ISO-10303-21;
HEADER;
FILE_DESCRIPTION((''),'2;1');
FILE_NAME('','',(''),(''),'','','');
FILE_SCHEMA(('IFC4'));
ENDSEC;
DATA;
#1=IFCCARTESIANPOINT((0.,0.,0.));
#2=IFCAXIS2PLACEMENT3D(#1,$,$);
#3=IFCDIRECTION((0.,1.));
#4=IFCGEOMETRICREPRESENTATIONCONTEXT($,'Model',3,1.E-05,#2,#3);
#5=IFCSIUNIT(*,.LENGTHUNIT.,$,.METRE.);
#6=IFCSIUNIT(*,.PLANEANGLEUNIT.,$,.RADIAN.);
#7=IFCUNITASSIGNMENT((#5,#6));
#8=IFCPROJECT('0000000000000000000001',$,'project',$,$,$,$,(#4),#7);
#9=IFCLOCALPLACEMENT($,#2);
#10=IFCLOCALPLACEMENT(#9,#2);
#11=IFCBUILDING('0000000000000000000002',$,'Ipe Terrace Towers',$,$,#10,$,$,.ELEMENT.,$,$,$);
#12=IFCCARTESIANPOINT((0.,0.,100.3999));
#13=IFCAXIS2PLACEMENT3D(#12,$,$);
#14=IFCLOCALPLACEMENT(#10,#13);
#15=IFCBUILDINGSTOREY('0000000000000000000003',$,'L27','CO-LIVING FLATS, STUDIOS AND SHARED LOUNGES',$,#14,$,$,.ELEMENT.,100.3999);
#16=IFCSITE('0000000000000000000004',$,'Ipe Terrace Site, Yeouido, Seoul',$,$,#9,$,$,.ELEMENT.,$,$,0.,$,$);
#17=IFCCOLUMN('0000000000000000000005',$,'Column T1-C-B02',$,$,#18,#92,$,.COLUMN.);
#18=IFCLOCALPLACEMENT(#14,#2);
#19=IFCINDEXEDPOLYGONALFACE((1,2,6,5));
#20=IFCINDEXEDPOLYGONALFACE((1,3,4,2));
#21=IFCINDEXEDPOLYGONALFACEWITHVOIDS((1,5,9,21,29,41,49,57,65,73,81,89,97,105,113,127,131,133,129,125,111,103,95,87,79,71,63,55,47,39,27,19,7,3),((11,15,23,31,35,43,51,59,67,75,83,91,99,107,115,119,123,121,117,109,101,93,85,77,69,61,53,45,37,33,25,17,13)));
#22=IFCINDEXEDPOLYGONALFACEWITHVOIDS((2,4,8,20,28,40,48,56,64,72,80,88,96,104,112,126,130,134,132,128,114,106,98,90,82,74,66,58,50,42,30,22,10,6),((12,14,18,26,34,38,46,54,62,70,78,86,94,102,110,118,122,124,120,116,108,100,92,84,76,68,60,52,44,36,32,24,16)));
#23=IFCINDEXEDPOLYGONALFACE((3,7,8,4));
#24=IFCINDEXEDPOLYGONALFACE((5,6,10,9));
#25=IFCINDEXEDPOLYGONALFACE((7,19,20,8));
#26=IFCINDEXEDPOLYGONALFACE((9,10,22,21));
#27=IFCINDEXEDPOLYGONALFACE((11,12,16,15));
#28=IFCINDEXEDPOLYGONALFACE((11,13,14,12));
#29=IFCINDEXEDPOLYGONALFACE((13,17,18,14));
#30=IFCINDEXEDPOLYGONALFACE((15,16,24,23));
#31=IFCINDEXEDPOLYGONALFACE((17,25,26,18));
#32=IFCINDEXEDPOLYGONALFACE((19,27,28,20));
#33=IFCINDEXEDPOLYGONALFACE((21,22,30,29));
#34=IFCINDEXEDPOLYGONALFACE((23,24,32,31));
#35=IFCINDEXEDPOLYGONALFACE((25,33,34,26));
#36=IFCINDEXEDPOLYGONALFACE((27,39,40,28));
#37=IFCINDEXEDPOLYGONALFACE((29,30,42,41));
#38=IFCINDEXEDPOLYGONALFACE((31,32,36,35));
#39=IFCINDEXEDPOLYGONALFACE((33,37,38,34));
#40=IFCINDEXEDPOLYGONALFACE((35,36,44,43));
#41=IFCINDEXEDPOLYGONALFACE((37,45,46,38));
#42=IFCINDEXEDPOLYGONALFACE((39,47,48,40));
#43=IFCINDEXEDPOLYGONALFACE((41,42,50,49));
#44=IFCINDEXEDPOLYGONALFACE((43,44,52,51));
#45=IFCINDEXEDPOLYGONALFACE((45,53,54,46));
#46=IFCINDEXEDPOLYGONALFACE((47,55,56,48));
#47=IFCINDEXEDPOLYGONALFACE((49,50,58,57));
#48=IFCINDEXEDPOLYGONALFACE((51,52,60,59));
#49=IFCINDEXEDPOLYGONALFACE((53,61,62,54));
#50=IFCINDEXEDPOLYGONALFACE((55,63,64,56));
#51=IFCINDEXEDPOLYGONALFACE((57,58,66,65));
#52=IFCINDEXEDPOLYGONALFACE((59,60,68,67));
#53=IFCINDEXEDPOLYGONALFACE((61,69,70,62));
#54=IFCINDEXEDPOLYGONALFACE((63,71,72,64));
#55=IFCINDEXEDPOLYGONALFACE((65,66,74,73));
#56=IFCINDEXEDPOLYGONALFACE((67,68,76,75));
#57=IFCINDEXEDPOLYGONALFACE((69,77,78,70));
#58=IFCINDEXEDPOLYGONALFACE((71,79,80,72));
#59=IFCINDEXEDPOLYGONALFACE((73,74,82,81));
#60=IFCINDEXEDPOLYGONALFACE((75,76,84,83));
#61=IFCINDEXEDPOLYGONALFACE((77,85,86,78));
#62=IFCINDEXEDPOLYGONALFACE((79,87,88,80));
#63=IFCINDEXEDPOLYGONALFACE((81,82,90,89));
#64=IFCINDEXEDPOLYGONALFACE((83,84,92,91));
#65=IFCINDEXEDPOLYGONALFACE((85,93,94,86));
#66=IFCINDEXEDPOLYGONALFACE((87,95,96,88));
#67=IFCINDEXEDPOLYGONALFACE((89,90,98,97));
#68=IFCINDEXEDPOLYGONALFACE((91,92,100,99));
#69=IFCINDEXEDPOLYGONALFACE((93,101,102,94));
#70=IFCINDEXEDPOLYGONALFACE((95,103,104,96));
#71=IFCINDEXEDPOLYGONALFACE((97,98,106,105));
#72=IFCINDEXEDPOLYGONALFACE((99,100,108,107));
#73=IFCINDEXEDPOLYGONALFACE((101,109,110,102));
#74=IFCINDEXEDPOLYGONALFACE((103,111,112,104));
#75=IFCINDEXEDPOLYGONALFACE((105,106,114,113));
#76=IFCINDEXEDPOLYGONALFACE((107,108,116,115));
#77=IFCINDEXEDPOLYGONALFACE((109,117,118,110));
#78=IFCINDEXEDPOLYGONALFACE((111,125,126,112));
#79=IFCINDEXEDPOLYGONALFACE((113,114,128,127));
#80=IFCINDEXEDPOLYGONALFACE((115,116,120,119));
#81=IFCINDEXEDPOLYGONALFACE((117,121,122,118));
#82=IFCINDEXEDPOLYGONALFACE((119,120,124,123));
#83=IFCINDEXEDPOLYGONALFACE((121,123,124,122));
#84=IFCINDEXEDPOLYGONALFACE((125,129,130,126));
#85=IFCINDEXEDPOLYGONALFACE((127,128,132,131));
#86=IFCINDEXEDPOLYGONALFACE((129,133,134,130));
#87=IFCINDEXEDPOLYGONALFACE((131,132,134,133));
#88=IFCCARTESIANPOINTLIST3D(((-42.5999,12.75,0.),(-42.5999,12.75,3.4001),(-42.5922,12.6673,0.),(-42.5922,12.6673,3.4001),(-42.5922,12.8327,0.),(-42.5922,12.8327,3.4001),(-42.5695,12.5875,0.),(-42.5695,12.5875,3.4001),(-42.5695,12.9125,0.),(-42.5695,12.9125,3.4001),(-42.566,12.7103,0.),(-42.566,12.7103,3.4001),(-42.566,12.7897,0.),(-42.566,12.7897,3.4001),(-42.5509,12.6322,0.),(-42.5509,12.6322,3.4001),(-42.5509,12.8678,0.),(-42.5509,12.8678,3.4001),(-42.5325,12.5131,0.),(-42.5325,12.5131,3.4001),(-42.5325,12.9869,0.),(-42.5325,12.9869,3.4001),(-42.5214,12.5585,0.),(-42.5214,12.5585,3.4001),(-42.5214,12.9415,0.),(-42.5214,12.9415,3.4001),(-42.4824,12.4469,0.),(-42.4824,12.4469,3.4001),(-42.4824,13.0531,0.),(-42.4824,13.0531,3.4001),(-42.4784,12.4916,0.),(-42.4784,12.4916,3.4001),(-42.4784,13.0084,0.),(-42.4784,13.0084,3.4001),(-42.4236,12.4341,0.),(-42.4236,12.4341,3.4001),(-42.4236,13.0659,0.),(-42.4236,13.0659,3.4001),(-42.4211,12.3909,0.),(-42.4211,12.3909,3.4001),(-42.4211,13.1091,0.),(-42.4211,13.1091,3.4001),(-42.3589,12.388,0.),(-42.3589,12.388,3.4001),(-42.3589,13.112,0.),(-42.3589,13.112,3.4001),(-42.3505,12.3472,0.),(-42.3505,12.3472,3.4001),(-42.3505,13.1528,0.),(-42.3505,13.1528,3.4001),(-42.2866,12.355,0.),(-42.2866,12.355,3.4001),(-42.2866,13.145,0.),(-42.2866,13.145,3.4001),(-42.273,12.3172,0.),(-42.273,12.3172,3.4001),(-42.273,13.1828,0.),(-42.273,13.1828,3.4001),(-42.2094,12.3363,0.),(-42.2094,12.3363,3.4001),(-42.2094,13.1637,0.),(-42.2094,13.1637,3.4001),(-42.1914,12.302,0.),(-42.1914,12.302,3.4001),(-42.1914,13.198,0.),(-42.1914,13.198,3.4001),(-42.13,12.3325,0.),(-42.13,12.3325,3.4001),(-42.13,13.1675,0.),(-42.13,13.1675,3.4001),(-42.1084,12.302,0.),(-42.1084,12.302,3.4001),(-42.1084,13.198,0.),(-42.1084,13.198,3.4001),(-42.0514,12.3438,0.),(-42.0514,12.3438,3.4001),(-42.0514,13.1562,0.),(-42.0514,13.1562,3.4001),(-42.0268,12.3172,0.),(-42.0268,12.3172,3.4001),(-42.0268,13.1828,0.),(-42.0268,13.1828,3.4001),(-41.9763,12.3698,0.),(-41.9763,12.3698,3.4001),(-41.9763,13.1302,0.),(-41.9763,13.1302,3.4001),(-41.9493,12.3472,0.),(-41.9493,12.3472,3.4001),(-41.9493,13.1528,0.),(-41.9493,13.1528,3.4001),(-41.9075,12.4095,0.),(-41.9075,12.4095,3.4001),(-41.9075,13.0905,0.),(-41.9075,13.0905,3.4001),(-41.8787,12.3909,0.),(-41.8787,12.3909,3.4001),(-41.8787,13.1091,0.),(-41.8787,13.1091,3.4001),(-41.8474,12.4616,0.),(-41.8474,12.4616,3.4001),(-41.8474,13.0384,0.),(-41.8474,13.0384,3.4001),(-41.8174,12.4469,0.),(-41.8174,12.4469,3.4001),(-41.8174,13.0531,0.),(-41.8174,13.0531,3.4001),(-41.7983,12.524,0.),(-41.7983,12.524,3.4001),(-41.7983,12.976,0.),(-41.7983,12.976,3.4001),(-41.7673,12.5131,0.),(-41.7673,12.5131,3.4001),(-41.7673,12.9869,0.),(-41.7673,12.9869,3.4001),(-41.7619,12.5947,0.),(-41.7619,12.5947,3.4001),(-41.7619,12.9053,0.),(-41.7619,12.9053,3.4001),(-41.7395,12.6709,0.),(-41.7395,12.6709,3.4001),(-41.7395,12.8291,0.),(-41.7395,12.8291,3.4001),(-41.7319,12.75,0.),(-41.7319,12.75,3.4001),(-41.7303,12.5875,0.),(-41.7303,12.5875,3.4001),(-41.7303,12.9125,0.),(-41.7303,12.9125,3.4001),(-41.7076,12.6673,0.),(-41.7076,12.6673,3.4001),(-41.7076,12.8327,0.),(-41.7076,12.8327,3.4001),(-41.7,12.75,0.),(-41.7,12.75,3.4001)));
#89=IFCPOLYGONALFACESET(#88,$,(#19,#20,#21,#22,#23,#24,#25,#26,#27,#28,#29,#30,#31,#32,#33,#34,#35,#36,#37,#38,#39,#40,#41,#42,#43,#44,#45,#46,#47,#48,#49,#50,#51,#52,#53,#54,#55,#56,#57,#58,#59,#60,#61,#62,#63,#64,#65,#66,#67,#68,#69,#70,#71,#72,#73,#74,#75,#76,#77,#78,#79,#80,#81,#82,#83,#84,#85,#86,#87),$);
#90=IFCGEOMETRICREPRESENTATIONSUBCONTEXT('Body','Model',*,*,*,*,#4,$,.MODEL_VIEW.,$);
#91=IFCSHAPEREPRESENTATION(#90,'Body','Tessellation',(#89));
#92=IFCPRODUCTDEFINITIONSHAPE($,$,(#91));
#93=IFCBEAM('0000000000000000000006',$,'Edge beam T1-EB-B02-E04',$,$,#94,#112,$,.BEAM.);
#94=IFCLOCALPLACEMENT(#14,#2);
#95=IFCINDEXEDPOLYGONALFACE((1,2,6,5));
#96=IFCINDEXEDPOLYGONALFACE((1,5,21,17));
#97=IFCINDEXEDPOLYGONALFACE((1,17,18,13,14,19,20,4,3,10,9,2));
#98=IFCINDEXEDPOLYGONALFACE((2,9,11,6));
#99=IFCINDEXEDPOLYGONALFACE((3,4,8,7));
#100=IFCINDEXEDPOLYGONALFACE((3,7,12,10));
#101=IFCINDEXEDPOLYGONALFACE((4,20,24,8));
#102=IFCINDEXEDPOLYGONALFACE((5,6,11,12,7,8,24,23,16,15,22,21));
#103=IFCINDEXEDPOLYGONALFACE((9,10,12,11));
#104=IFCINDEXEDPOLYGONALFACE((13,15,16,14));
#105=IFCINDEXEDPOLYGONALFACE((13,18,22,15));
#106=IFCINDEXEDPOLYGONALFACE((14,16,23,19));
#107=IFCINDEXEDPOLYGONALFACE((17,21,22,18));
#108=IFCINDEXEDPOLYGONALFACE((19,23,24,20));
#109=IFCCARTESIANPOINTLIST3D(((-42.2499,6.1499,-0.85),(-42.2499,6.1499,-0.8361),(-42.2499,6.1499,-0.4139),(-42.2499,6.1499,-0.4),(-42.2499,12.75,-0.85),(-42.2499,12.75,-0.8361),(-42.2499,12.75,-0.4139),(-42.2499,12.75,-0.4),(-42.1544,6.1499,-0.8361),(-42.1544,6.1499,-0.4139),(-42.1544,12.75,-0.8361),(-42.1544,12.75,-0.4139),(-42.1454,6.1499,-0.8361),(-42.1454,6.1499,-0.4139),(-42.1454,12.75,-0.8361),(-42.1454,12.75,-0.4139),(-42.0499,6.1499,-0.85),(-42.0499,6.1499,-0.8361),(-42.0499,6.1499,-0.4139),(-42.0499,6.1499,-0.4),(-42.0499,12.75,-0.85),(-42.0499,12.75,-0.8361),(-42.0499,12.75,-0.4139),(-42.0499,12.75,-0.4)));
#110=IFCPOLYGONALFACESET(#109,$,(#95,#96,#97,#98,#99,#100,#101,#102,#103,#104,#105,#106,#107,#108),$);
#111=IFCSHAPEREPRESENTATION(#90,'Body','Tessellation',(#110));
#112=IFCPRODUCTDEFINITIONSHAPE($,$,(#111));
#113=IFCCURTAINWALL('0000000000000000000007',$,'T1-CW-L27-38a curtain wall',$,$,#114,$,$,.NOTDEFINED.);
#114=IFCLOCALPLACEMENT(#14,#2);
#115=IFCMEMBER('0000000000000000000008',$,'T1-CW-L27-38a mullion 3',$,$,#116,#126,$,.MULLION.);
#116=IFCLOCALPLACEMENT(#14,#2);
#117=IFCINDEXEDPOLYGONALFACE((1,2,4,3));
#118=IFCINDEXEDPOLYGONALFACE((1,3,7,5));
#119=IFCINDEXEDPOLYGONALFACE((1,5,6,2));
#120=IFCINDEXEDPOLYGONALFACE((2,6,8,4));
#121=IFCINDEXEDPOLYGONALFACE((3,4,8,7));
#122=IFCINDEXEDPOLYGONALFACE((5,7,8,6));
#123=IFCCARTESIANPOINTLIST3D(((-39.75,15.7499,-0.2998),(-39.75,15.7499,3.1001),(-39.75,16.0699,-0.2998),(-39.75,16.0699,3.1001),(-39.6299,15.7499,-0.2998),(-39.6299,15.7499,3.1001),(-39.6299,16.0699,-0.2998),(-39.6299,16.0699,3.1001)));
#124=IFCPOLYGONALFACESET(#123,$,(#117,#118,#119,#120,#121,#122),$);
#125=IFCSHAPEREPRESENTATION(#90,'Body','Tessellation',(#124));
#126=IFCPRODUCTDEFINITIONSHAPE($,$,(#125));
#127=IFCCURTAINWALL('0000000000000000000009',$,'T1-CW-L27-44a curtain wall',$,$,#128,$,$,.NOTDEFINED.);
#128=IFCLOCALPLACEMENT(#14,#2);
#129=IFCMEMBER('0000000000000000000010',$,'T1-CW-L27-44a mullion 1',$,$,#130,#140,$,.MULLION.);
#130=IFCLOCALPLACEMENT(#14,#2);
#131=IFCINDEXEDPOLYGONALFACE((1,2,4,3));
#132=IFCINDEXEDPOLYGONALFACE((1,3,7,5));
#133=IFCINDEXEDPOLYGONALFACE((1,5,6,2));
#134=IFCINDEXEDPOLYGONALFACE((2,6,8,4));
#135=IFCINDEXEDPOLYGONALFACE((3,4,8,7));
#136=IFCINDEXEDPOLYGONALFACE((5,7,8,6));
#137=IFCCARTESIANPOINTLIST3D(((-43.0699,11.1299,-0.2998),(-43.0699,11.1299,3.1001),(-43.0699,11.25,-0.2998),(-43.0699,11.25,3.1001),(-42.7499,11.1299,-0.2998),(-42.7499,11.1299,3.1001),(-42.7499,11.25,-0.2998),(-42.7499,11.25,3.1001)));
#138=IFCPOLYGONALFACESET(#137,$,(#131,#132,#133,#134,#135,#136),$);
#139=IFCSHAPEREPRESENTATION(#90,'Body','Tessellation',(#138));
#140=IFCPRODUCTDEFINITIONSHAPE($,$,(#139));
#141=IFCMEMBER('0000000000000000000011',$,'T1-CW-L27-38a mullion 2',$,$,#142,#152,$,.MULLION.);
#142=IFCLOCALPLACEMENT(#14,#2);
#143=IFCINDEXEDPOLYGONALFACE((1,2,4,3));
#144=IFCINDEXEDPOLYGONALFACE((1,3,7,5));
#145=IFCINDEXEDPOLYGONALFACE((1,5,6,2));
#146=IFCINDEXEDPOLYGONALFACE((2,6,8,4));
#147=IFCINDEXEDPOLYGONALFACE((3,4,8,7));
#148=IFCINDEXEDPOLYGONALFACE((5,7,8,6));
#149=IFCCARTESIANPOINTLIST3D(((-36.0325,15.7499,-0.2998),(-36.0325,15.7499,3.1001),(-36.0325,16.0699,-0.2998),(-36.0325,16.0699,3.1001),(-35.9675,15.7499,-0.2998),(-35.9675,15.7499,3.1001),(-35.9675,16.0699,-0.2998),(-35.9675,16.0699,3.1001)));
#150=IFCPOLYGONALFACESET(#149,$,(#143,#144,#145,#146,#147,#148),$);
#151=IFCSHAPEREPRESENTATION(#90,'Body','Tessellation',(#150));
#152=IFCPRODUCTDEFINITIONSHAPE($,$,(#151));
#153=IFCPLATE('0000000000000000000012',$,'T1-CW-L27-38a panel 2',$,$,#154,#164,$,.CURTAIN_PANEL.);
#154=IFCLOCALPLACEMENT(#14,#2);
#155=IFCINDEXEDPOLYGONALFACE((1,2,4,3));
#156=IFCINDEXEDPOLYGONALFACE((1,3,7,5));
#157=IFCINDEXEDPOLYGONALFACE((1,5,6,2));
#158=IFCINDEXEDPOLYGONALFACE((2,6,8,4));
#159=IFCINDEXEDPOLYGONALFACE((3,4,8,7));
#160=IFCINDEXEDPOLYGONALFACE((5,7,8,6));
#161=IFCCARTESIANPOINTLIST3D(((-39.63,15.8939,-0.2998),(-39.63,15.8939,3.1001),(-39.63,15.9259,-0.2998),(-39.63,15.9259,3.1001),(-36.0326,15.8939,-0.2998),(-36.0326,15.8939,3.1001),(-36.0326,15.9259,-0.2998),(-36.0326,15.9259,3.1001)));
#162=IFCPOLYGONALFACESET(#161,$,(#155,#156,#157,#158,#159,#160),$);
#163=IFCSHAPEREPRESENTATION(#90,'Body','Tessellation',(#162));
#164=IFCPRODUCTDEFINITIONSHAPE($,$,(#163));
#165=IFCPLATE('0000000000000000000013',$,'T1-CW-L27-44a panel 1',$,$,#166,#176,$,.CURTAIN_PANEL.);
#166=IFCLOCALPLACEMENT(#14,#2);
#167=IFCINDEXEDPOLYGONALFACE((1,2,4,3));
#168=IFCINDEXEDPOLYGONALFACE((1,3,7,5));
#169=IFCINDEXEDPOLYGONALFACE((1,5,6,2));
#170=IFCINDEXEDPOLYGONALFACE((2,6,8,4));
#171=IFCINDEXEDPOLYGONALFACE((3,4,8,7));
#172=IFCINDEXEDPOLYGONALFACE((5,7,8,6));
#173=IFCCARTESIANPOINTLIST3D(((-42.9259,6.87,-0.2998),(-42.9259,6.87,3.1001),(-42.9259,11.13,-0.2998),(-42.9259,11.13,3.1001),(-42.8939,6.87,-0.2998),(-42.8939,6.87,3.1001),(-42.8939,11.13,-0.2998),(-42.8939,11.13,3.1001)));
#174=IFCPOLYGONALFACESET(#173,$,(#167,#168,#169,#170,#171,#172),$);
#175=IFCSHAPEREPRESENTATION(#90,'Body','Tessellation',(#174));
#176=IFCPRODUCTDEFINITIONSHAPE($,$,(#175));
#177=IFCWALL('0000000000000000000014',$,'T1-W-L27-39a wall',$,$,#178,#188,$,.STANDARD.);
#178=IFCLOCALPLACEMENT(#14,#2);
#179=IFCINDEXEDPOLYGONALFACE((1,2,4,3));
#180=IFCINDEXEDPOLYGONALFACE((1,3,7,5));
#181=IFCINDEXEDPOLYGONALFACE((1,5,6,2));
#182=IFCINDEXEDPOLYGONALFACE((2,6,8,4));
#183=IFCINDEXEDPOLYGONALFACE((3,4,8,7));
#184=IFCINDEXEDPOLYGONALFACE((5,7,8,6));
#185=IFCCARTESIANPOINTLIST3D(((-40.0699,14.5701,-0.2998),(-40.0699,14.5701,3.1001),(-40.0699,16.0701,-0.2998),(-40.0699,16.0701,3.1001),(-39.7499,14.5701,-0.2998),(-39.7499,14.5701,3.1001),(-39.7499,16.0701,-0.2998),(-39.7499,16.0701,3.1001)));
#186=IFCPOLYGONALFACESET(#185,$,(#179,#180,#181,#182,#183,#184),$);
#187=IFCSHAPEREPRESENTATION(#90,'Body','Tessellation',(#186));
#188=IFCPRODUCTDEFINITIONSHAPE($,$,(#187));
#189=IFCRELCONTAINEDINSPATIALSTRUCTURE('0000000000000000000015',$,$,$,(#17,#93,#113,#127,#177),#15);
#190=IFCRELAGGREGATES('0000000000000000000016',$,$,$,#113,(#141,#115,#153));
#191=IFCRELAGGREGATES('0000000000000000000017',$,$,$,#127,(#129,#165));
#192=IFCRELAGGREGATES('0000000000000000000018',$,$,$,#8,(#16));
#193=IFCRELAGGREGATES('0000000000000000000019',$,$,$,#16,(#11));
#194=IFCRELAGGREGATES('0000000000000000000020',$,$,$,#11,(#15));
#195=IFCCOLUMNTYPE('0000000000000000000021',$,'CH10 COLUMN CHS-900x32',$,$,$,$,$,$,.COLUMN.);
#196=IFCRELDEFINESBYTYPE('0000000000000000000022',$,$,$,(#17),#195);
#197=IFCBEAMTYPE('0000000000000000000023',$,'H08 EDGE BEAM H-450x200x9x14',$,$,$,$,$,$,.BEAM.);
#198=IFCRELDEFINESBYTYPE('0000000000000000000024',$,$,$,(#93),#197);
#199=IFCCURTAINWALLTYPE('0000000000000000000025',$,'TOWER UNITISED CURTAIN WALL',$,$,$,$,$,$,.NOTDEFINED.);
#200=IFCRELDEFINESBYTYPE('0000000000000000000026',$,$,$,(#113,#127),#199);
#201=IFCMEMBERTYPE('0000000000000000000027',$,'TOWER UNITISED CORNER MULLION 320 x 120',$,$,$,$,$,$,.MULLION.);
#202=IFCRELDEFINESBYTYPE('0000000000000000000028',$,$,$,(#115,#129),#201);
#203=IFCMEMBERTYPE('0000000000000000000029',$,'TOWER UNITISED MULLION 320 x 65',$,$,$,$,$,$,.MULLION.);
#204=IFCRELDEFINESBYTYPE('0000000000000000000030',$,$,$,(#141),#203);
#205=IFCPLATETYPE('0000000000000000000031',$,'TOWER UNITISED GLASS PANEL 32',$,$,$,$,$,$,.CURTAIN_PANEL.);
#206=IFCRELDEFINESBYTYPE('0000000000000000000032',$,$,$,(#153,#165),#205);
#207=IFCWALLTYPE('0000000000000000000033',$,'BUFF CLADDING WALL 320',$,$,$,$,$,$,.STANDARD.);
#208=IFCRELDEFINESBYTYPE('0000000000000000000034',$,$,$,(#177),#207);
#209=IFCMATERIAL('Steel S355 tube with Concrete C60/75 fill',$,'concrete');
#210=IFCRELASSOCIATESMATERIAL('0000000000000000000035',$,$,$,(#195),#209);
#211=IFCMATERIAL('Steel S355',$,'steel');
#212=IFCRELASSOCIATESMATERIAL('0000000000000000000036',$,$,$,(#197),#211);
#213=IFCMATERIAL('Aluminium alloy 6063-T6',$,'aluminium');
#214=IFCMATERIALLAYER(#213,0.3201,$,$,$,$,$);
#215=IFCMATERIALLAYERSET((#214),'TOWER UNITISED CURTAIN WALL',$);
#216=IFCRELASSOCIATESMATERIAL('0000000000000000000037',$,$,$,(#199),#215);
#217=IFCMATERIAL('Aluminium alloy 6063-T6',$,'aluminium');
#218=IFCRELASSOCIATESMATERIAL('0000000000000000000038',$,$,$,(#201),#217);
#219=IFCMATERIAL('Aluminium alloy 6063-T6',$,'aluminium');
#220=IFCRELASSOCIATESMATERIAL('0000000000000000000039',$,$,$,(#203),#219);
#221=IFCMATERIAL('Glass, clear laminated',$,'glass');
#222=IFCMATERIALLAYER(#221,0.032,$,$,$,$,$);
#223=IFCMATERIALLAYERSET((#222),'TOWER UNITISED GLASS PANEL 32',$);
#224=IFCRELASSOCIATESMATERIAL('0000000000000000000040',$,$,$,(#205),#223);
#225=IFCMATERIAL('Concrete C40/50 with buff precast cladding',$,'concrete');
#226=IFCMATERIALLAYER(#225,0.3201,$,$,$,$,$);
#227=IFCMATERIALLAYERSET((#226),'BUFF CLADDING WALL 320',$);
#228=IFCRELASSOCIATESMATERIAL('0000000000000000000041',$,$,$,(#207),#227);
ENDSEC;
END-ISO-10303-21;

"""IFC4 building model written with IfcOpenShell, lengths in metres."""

from ifc_helpers import new_model, si_unit, direction, frame, frame_2d, origin, origin_2d, place, context, subcontext, project, spatial, rectangle, hollow_circle, i_section, extrude, material, layer, layer_set, material_profile, profile_set, type_object, element, aggregate, save


model = new_model("IFC4")

# Units and contexts
model_context = context("Model", 3, precision=1e-05, world=origin(), true_north=direction((0.0, 1.0)))
body_context = subcontext(model_context, "Body", "Model", "MODEL_VIEW")
ifc_project = project(units=[si_unit("LENGTHUNIT", "METRE"), si_unit("PLANEANGLEUNIT", "RADIAN")], contexts=[model_context])

# Site, building, storey
site_placement = place(None, origin())
site = spatial("IfcSite", under=ifc_project, at=site_placement, Name="Ipe Terrace Site, Yeouido, Seoul", CompositionType="ELEMENT", RefElevation=0.0)
building_placement = place(site_placement, origin())
building = spatial("IfcBuilding", under=site, at=building_placement, Name="Ipe Terrace Towers", CompositionType="ELEMENT")
storey_placement = place(building_placement, frame((0.0, 0.0, 100.3999)))
storey = spatial("IfcBuildingStorey", under=building, at=storey_placement, Name="L27", Description="CO-LIVING FLATS, STUDIOS AND SHARED LOUNGES", CompositionType="ELEMENT", Elevation=100.3999)

# Column
ifc_material_1 = material(Name="Steel S355 tube with Concrete C60/75 fill", Category="concrete")
ifc_material_profile_1 = material_profile(ifc_material_1, hollow_circle(Radius=0.45, WallThickness=0.032, at=origin_2d()), Name="CHS-900x32")
ifc_profile_set_1 = profile_set([ifc_material_profile_1], Name="Steel S355 tube with Concrete C60/75 fill")
column_type = type_object("IfcColumnType", Name="CH10 COLUMN CHS-900x32", PredefinedType="COLUMN", material=ifc_profile_set_1)
column_placement = place(storey_placement, frame((-42.1499, 12.75, 0.0), z_axis=(0.0, 0.0, 1.0), x_axis=(1.0, 0.0, 0.0)))
element("IfcColumn", 1, at=column_placement, inside=storey, type_object=column_type, Name="Column T1-C-B02", PredefinedType="COLUMN", context=body_context, shape_type="SweptSolid", body=[
    extrude(hollow_circle(Radius=0.45, WallThickness=0.032, at=origin_2d()), origin(), (0.0, 0.0, 1.0), 3.4001),
])

# Beam
ifc_material_2 = material(Name="Steel S355", Category="steel")
ifc_material_profile_2 = material_profile(ifc_material_2, i_section(OverallWidth=0.2, OverallDepth=0.45, WebThickness=0.009, FlangeThickness=0.0139, at=origin_2d()), Name="H-450x200x9x14")
ifc_profile_set_2 = profile_set([ifc_material_profile_2], Name="Steel S355")
beam_type = type_object("IfcBeamType", Name="H08 EDGE BEAM H-450x200x9x14", PredefinedType="BEAM", material=ifc_profile_set_2)
beam_placement = place(storey_placement, frame((-42.1499, 12.75, -0.625), z_axis=(0.0, -1.0, 0.0), x_axis=(1.0, 0.0, 0.0)))
element("IfcBeam", 2, at=beam_placement, inside=storey, type_object=beam_type, Name="Edge beam T1-EB-B02-E04", PredefinedType="BEAM", context=body_context, shape_type="SweptSolid", body=[
    extrude(i_section(OverallWidth=0.2, OverallDepth=0.45, WebThickness=0.009, FlangeThickness=0.0139, at=origin_2d()), origin(), (0.0, 0.0, 1.0), 6.6001),
])

# Curtain walls, members
ifc_material_3 = material(Name="Aluminium alloy 6063-T6", Category="aluminium")
ifc_layer_1 = layer(ifc_material_3, 0.3201)
ifc_layer_set_1 = layer_set([ifc_layer_1], Name="TOWER UNITISED CURTAIN WALL")
curtain_wall_type = type_object("IfcCurtainWallType", Name="TOWER UNITISED CURTAIN WALL", PredefinedType="NOTDEFINED", material=ifc_layer_set_1)
curtain_wall_1_placement = place(storey_placement, origin())
curtain_wall_1 = element("IfcCurtainWall", 3, at=curtain_wall_1_placement, inside=storey, type_object=curtain_wall_type, Name="T1-CW-L27-38a curtain wall", PredefinedType="NOTDEFINED")
ifc_material_4 = material(Name="Aluminium alloy 6063-T6", Category="aluminium")
ifc_material_profile_3 = material_profile(ifc_material_4, rectangle(XDim=0.3201, YDim=0.1201, at=origin_2d()), Name="TOWER UNITISED CORNER MULLION 320 x 120")
ifc_profile_set_3 = profile_set([ifc_material_profile_3], Name="Aluminium alloy 6063-T6")
member_type_1 = type_object("IfcMemberType", Name="TOWER UNITISED CORNER MULLION 320 x 120", PredefinedType="MULLION", material=ifc_profile_set_3)
member_1_placement = place(storey_placement, frame((-39.6899, 15.9099, -0.2998), z_axis=(0.0, 0.0, 1.0), x_axis=(0.0, 1.0, 0.0)))
member_1 = element("IfcMember", 4, at=member_1_placement, type_object=member_type_1, Name="T1-CW-L27-38a mullion 3", PredefinedType="MULLION", context=body_context, shape_type="SweptSolid", body=[
    extrude(rectangle(XDim=0.3201, YDim=0.1201, at=origin_2d()), origin(), (0.0, 0.0, 1.0), 3.3999),
])
curtain_wall_2_placement = place(storey_placement, origin())
curtain_wall_2 = element("IfcCurtainWall", 5, at=curtain_wall_2_placement, inside=storey, type_object=curtain_wall_type, Name="T1-CW-L27-44a curtain wall", PredefinedType="NOTDEFINED")
member_2_placement = place(storey_placement, frame((-42.9099, 11.1899, -0.2998), z_axis=(0.0, 0.0, 1.0), x_axis=(-1.0, 0.0, 0.0)))
member_2 = element("IfcMember", 6, at=member_2_placement, type_object=member_type_1, Name="T1-CW-L27-44a mullion 1", PredefinedType="MULLION", context=body_context, shape_type="SweptSolid", body=[
    extrude(rectangle(XDim=0.3201, YDim=0.1201, at=origin_2d()), origin(), (0.0, 0.0, 1.0), 3.3999),
])

# Member
ifc_material_5 = material(Name="Aluminium alloy 6063-T6", Category="aluminium")
ifc_material_profile_4 = material_profile(ifc_material_5, rectangle(XDim=0.3201, YDim=0.0649, at=origin_2d()), Name="TOWER UNITISED MULLION 320 x 65")
ifc_profile_set_4 = profile_set([ifc_material_profile_4], Name="Aluminium alloy 6063-T6")
member_type_2 = type_object("IfcMemberType", Name="TOWER UNITISED MULLION 320 x 65", PredefinedType="MULLION", material=ifc_profile_set_4)
member_3_placement = place(storey_placement, frame((-36.0, 15.9099, -0.2998), z_axis=(0.0, 0.0, 1.0), x_axis=(0.0, 1.0, 0.0)))
member_3 = element("IfcMember", 7, at=member_3_placement, type_object=member_type_2, Name="T1-CW-L27-38a mullion 2", PredefinedType="MULLION", context=body_context, shape_type="SweptSolid", body=[
    extrude(rectangle(XDim=0.3201, YDim=0.0649, at=origin_2d()), origin(), (0.0, 0.0, 1.0), 3.3999),
])

# Plates
ifc_material_6 = material(Name="Glass, clear laminated", Category="glass")
ifc_layer_2 = layer(ifc_material_6, 0.032)
ifc_layer_set_2 = layer_set([ifc_layer_2], Name="TOWER UNITISED GLASS PANEL 32")
plate_type = type_object("IfcPlateType", Name="TOWER UNITISED GLASS PANEL 32", PredefinedType="CURTAIN_PANEL", material=ifc_layer_set_2)
plate_1_placement = place(storey_placement, frame((-37.8313, 15.9099, -0.2998), z_axis=(0.0, 0.0, 1.0), x_axis=(-1.0, 0.0, 0.0)))
plate_1 = element("IfcPlate", 8, at=plate_1_placement, type_object=plate_type, Name="T1-CW-L27-38a panel 2", PredefinedType="CURTAIN_PANEL", context=body_context, shape_type="SweptSolid", body=[
    extrude(rectangle(XDim=3.5974, YDim=0.032, at=origin_2d()), origin(), (0.0, 0.0, 1.0), 3.3999),
])
aggregate(curtain_wall_1, [member_3, member_1, plate_1])
plate_2_placement = place(storey_placement, frame((-42.9099, 9.0, -0.2998), z_axis=(0.0, 0.0, 1.0), x_axis=(0.0, -1.0, 0.0)))
plate_2 = element("IfcPlate", 9, at=plate_2_placement, type_object=plate_type, Name="T1-CW-L27-44a panel 1", PredefinedType="CURTAIN_PANEL", context=body_context, shape_type="SweptSolid", body=[
    extrude(rectangle(XDim=4.26, YDim=0.032, at=origin_2d()), origin(), (0.0, 0.0, 1.0), 3.3999),
])
aggregate(curtain_wall_2, [member_2, plate_2])

# Wall
ifc_material_7 = material(Name="Concrete C40/50 with buff precast cladding", Category="concrete")
ifc_layer_3 = layer(ifc_material_7, 0.3201)
ifc_layer_set_3 = layer_set([ifc_layer_3], Name="BUFF CLADDING WALL 320")
wall_type_1 = type_object("IfcWallType", Name="BUFF CLADDING WALL 320", PredefinedType="STANDARD", material=ifc_layer_set_3)
wall_1_placement = place(storey_placement, frame((-39.9099, 16.0701, -0.2998), z_axis=(0.0, 0.0, 1.0), x_axis=(0.0, -1.0, 0.0)))
element("IfcWall", 10, at=wall_1_placement, inside=storey, type_object=wall_type_1, Name="T1-W-L27-39a wall", PredefinedType="STANDARD", context=body_context, shape_type="SweptSolid", body=[
    extrude(rectangle(XDim=1.5, YDim=0.3201, at=frame_2d((0.75, 0.0))), origin(), (0.0, 0.0, 1.0), 3.3999),
])

save(model, "model.ifc")
